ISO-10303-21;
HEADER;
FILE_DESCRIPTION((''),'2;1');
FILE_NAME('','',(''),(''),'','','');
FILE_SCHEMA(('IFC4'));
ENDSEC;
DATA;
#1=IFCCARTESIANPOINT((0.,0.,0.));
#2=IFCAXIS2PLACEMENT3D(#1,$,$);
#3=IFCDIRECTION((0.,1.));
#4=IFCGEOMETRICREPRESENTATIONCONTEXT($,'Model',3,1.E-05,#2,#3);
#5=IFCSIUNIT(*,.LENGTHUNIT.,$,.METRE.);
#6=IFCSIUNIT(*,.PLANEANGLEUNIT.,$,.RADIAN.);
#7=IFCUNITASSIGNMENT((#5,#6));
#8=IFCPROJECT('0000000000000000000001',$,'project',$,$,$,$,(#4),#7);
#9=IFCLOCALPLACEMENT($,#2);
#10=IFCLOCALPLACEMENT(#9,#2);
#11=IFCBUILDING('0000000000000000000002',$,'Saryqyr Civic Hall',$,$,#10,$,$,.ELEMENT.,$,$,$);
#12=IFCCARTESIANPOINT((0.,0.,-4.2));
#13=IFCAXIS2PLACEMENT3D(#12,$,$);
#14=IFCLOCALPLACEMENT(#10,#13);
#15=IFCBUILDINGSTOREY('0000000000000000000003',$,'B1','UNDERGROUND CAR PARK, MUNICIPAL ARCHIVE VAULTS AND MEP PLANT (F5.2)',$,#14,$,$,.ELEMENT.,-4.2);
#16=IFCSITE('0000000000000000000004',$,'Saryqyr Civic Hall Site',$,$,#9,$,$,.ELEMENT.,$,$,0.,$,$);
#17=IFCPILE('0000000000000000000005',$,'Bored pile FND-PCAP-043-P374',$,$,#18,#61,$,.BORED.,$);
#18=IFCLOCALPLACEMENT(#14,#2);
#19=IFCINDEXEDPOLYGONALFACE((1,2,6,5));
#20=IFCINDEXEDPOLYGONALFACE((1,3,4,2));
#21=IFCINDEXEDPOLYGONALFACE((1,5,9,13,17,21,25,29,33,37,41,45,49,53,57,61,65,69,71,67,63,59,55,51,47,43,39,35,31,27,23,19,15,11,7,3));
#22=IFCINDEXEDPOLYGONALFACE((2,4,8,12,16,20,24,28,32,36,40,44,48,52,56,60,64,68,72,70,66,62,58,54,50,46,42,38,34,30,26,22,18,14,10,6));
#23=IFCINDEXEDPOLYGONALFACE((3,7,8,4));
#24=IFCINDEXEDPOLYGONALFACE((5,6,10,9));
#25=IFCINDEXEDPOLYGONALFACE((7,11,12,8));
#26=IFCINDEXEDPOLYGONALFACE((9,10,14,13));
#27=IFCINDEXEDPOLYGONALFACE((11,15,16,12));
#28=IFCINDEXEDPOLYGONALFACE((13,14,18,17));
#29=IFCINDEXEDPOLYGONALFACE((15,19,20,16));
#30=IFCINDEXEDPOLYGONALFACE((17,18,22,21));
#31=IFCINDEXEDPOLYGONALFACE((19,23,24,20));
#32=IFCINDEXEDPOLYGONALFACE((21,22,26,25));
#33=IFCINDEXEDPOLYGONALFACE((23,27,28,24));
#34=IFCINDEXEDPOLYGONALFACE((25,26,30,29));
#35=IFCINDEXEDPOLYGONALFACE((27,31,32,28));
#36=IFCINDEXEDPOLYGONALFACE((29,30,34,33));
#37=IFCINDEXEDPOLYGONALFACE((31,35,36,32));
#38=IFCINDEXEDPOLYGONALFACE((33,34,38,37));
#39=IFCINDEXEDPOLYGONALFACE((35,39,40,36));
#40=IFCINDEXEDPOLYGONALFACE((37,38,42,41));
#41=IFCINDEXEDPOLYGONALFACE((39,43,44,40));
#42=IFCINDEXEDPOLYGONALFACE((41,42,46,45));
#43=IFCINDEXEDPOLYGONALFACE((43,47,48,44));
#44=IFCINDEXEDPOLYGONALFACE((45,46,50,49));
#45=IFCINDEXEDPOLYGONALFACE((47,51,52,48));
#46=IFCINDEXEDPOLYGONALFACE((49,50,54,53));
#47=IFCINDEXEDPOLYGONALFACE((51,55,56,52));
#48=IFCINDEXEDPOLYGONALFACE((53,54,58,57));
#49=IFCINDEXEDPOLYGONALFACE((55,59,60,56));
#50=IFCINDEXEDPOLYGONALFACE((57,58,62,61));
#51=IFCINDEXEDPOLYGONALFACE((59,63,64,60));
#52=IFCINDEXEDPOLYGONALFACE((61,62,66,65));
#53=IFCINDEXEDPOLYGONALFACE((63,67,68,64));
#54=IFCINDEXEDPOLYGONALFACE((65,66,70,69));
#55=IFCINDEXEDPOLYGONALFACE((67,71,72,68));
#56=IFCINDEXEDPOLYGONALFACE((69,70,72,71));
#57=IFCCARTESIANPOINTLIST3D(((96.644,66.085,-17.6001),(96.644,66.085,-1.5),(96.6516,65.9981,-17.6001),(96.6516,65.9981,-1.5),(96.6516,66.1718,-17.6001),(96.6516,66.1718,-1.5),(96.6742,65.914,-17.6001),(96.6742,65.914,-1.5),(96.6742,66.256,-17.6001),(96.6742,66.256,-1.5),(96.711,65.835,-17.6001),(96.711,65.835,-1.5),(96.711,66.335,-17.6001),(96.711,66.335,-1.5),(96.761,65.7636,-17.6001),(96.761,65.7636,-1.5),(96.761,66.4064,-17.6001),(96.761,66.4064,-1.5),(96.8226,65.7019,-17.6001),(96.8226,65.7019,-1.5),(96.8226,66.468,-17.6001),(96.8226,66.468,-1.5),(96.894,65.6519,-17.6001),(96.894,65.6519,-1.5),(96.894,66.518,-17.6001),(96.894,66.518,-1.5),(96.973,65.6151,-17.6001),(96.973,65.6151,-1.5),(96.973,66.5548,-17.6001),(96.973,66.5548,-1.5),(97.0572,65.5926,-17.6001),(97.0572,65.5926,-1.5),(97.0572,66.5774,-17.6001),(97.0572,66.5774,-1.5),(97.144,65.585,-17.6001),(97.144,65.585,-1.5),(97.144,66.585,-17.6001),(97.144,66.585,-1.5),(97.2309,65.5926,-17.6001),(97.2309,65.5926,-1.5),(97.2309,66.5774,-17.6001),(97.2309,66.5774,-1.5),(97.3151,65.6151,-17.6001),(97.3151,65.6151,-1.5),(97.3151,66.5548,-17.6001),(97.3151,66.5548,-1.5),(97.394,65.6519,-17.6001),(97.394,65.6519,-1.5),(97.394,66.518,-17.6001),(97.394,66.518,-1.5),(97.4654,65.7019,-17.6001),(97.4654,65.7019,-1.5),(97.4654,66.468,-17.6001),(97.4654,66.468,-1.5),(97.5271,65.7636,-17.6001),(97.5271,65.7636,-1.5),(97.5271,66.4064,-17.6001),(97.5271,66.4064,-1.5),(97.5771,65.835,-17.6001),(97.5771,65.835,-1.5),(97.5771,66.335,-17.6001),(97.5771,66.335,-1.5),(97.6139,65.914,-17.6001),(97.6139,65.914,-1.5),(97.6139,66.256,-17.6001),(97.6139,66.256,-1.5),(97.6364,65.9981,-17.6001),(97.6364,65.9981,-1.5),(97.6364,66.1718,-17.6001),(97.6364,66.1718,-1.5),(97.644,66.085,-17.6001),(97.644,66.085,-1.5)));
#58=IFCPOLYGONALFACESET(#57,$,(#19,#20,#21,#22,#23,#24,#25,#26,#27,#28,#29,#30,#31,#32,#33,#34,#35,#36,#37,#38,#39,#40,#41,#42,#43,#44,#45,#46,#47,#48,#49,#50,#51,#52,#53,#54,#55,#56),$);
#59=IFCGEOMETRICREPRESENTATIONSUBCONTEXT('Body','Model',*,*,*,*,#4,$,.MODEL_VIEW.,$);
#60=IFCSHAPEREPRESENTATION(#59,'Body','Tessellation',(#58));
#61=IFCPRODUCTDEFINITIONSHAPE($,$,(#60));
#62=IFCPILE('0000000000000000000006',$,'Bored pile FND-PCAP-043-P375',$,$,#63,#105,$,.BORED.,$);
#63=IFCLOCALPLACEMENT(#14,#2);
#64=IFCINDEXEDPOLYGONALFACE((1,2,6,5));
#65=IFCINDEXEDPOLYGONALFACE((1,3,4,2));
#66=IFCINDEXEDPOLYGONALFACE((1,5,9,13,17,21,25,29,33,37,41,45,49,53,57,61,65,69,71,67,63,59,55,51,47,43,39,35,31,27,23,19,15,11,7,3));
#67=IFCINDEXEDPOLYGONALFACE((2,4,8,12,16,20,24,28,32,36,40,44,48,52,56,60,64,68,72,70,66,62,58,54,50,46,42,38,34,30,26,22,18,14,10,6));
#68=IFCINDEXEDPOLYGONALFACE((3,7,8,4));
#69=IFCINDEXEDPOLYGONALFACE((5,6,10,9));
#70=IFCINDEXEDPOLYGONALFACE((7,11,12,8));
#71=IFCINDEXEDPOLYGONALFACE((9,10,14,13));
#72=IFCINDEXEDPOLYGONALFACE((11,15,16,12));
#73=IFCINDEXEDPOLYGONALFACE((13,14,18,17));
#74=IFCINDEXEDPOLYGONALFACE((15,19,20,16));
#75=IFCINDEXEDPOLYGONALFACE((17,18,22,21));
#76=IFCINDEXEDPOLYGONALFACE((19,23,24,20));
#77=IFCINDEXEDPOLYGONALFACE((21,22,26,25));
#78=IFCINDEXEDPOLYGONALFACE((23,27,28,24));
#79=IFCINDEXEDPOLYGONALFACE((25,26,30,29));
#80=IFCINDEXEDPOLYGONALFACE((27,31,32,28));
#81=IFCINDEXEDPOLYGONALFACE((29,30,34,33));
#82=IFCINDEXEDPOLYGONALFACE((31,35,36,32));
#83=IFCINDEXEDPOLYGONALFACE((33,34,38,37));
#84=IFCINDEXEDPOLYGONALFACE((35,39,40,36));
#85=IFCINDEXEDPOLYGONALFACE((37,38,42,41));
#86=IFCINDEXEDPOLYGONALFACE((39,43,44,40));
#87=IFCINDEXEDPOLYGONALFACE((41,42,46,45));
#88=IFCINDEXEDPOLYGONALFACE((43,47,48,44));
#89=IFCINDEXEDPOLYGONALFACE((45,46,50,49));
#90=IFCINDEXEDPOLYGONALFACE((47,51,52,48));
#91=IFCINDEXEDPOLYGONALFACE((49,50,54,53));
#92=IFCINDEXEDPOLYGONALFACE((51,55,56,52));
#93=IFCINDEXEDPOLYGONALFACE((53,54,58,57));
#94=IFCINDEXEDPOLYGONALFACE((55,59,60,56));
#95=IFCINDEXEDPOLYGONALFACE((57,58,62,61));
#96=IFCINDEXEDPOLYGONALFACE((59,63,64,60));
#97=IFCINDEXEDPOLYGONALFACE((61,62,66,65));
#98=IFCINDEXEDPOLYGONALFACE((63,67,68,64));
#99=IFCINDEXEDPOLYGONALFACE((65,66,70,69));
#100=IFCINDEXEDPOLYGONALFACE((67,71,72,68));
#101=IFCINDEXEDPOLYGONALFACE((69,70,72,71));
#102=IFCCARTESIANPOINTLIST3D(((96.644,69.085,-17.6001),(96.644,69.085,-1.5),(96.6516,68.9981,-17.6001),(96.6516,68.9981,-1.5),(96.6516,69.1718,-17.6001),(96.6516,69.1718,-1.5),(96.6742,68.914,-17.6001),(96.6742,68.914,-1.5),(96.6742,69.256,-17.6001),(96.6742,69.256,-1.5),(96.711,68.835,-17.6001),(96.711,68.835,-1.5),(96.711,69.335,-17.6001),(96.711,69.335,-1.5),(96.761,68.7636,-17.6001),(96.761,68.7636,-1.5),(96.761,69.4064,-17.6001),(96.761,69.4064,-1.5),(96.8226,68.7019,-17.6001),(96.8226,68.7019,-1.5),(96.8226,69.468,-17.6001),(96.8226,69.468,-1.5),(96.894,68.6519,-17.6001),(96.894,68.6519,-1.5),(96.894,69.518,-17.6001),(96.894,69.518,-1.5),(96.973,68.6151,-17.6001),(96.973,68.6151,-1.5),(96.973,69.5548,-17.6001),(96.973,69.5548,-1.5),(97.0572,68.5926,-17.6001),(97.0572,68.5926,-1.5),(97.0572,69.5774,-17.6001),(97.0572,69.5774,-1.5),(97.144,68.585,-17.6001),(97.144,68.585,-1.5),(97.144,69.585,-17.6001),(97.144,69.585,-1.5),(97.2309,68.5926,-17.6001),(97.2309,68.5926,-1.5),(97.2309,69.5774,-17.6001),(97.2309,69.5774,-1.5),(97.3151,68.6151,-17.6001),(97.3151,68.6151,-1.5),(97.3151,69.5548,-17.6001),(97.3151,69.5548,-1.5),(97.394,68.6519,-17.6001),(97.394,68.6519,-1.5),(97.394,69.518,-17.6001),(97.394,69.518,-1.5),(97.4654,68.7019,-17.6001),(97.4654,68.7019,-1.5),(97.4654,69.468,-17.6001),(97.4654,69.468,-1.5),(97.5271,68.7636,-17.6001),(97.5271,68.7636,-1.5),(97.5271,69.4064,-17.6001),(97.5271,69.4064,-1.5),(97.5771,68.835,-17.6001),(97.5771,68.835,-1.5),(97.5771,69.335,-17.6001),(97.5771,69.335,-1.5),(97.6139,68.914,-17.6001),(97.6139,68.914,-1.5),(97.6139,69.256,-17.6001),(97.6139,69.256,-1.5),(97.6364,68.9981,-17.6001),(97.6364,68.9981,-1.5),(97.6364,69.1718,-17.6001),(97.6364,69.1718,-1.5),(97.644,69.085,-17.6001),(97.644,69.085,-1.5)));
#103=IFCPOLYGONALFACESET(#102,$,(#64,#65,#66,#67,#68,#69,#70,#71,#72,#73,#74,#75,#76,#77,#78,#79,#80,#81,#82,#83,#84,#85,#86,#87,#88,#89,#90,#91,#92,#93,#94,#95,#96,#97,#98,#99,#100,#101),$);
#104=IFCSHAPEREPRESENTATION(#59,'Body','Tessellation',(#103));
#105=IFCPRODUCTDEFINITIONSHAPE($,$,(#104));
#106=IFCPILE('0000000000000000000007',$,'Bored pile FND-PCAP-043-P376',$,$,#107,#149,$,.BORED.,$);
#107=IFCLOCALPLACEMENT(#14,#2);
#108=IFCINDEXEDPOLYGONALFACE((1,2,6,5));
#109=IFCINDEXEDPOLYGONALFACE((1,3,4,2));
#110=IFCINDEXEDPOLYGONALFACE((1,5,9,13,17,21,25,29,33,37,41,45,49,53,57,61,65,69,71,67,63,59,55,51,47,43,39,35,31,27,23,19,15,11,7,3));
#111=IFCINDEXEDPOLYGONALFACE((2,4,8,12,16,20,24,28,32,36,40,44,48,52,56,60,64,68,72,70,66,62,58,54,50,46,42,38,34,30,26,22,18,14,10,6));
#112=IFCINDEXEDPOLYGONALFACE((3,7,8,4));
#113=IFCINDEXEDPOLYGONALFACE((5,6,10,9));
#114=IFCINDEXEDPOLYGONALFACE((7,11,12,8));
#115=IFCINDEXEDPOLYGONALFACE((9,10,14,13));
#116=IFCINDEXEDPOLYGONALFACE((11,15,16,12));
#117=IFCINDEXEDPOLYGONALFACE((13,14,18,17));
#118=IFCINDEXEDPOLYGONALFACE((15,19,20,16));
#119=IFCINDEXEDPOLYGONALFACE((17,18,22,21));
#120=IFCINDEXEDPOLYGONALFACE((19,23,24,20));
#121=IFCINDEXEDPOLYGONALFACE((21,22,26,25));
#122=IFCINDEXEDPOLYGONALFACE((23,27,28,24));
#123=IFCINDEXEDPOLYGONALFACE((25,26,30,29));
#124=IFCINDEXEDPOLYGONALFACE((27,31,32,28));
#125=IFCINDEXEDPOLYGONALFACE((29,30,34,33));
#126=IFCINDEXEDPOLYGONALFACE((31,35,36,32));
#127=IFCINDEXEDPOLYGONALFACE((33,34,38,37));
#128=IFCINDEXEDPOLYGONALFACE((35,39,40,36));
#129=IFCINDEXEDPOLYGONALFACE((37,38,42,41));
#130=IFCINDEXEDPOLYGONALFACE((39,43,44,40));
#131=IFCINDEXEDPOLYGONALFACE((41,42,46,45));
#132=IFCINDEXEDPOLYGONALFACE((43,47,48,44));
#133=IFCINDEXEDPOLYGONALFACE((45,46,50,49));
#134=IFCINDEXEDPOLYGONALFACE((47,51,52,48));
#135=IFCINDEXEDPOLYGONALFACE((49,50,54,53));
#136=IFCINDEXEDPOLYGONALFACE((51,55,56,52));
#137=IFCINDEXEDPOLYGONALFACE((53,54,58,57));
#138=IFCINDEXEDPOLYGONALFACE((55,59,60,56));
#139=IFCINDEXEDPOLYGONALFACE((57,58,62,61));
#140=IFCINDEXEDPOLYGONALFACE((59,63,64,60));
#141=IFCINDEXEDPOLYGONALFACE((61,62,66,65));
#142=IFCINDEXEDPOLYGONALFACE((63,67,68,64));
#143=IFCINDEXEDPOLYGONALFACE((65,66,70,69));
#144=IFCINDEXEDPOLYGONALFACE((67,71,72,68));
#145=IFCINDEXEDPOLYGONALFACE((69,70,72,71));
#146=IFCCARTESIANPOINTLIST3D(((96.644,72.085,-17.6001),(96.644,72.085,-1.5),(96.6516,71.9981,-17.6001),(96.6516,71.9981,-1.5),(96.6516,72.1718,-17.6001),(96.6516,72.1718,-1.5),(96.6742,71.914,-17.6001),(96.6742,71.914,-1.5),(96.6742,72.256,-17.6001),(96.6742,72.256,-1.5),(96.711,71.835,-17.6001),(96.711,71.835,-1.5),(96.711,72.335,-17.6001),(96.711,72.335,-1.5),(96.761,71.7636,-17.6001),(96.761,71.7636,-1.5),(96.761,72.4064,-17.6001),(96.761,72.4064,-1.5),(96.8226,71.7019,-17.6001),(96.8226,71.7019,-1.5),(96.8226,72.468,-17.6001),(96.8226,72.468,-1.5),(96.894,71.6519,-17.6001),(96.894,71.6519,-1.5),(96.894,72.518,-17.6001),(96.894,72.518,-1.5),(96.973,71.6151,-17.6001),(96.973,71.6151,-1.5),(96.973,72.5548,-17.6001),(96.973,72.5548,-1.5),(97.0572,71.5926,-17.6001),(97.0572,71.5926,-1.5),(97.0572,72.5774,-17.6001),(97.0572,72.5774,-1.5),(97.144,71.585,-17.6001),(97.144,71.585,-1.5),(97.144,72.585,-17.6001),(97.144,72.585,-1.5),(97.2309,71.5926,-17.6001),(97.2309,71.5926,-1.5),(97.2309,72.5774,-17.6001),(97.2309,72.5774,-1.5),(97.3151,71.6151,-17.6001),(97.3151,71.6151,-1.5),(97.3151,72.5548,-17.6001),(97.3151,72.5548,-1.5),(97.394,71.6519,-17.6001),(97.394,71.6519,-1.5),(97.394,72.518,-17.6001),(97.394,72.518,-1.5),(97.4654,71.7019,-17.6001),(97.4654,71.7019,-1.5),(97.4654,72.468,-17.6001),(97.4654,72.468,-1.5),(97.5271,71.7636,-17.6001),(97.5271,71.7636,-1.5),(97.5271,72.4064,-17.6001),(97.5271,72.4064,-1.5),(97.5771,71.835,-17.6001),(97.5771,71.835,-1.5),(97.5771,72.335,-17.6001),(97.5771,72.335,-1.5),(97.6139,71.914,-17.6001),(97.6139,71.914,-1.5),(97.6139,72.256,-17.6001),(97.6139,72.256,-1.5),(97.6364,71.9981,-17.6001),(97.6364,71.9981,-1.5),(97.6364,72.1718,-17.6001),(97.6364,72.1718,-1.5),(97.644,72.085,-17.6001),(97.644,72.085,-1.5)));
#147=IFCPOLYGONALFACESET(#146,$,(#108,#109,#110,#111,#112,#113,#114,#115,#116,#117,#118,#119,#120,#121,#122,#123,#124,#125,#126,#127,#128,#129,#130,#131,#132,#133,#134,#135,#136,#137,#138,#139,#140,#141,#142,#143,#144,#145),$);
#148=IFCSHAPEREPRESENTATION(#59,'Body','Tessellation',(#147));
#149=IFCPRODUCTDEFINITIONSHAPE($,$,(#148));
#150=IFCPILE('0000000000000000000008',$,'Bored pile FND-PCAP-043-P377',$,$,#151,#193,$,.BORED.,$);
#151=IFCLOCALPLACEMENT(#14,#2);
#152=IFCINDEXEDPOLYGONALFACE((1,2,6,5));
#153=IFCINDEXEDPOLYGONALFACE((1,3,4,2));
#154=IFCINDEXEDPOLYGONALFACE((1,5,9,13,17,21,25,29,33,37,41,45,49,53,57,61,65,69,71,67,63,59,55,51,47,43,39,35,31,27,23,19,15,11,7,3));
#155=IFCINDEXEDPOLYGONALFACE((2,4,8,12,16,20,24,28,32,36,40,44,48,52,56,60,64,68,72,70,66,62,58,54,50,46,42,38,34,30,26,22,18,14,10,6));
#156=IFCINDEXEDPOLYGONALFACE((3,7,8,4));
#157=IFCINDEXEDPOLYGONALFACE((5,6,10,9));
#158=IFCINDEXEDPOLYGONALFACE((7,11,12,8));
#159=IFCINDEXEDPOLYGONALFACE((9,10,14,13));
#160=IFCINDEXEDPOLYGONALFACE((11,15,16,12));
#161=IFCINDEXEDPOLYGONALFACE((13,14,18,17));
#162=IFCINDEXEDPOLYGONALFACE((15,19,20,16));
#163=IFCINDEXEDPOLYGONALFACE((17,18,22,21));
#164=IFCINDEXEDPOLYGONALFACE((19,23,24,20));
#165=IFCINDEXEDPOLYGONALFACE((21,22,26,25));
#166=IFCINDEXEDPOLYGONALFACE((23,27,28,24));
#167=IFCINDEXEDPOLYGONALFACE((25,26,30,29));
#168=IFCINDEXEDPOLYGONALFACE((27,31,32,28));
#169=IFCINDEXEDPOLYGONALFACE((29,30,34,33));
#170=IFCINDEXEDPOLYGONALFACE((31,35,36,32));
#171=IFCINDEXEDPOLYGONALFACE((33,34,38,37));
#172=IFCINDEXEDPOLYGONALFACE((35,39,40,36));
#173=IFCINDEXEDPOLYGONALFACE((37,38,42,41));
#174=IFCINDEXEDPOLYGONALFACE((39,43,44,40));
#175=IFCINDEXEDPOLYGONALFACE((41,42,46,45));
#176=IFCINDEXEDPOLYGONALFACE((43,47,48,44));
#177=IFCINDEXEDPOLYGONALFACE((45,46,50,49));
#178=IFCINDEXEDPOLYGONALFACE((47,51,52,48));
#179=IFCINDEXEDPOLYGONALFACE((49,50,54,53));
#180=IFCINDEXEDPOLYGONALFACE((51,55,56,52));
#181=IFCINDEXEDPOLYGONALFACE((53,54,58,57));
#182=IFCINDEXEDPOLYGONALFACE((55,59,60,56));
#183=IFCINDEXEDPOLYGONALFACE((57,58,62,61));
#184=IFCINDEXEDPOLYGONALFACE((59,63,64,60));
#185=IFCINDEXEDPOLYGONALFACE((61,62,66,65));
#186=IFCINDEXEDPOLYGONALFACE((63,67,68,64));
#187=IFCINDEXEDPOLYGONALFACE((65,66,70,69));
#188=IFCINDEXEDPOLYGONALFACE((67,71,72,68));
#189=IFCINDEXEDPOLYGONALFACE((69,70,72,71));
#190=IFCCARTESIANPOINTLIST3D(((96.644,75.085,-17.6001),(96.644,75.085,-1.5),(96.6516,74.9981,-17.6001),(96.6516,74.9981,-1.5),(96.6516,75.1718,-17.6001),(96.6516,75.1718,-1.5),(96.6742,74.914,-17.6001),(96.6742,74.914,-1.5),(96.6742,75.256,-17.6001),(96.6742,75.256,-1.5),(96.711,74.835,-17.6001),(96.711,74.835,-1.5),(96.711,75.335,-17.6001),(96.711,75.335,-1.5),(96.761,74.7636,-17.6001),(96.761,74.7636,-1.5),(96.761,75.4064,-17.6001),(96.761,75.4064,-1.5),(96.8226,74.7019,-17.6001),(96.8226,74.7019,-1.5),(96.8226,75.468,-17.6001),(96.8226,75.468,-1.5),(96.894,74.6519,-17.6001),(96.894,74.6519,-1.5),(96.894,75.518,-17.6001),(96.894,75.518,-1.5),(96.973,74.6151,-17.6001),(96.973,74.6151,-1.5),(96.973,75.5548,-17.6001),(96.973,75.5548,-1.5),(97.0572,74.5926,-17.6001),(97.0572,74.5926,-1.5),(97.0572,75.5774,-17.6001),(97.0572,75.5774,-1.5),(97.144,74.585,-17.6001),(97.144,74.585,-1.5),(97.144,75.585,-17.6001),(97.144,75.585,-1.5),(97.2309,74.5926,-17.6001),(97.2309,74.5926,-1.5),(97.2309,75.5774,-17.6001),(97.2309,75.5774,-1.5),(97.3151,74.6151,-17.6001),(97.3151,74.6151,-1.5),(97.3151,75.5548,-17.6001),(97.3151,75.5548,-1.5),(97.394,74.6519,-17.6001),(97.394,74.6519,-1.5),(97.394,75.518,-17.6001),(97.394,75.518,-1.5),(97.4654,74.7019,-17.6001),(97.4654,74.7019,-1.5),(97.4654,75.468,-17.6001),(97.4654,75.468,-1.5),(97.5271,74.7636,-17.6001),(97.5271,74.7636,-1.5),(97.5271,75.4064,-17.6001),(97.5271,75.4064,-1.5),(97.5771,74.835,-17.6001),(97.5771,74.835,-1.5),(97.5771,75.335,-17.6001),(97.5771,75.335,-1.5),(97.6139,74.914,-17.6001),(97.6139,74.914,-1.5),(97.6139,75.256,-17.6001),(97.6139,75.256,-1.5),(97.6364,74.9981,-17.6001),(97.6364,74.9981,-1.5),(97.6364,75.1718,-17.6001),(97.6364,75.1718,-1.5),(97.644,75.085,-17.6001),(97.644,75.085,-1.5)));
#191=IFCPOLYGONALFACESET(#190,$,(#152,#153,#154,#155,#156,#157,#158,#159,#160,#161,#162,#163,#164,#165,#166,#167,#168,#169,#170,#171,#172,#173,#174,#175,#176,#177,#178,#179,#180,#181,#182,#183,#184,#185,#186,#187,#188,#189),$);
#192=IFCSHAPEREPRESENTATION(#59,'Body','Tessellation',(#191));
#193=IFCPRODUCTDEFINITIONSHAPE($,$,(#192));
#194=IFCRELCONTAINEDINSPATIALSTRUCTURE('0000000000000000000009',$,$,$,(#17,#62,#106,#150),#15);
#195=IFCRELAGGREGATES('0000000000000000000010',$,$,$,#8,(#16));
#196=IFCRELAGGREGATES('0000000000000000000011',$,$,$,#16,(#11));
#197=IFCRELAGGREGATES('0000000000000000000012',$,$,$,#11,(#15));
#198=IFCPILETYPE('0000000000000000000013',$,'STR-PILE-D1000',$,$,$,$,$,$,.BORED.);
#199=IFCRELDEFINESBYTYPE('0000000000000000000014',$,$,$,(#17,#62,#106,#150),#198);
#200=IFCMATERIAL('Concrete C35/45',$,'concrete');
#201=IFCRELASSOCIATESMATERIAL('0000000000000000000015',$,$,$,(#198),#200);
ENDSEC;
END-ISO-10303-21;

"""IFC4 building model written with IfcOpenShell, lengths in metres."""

from ifc_helpers import new_model, si_unit, direction, frame, origin, origin_2d, place, context, subcontext, project, spatial, circle, extrude, material, material_profile, profile_set, type_object, element, save


model = new_model("IFC4")

# Units and contexts
model_context = context("Model", 3, precision=1e-05, world=origin(), true_north=direction((0.0, 1.0)))
body_context = subcontext(model_context, "Body", "Model", "MODEL_VIEW")
ifc_project = project(units=[si_unit("LENGTHUNIT", "METRE"), si_unit("PLANEANGLEUNIT", "RADIAN")], contexts=[model_context])

# Site, building, storey
site_placement = place(None, origin())
site = spatial("IfcSite", under=ifc_project, at=site_placement, Name="Saryqyr Civic Hall Site", CompositionType="ELEMENT", RefElevation=0.0)
building_placement = place(site_placement, origin())
building = spatial("IfcBuilding", under=site, at=building_placement, Name="Saryqyr Civic Hall", CompositionType="ELEMENT")
storey_placement = place(building_placement, frame((0.0, 0.0, -4.2)))
storey = spatial("IfcBuildingStorey", under=building, at=storey_placement, Name="B1", Description="UNDERGROUND CAR PARK, MUNICIPAL ARCHIVE VAULTS AND MEP PLANT (F5.2)", CompositionType="ELEMENT", Elevation=-4.2)

# Piles
ifc_material_1 = material(Name="Concrete C35/45", Category="concrete")
ifc_material_profile_1 = material_profile(ifc_material_1, circle(Radius=0.5, at=origin_2d()), Name="BORED PILE D1000")
ifc_profile_set_1 = profile_set([ifc_material_profile_1], Name="Concrete C35/45")
pile_type = type_object("IfcPileType", Name="STR-PILE-D1000", PredefinedType="BORED", material=ifc_profile_set_1)
for number, where, z_axis, x_axis, name in (
    (1, (97.144, 66.085, -1.5), (0.0, 0.0, -1.0), (1.0, 0.0, 0.0), "Bored pile FND-PCAP-043-P374"),
    (2, (97.144, 69.085, -1.5), (0.0, 0.0, -1.0), (1.0, 0.0, 0.0), "Bored pile FND-PCAP-043-P375"),
    (3, (97.144, 72.085, -1.5), (0.0, 0.0, -1.0), (1.0, 0.0, 0.0), "Bored pile FND-PCAP-043-P376"),
    (4, (97.144, 75.085, -1.5), (0.0, 0.0, -1.0), (1.0, 0.0, 0.0), "Bored pile FND-PCAP-043-P377"),
):
    element("IfcPile", number, at=place(storey_placement, frame(where, z_axis=z_axis, x_axis=x_axis)), inside=storey, type_object=pile_type, Name=name, PredefinedType="BORED", context=body_context, shape_type="SweptSolid", body=[
        extrude(circle(Radius=0.5, at=origin_2d()), origin(), (0.0, 0.0, 1.0), 16.1001),
    ])

save(model, "model.ifc")
